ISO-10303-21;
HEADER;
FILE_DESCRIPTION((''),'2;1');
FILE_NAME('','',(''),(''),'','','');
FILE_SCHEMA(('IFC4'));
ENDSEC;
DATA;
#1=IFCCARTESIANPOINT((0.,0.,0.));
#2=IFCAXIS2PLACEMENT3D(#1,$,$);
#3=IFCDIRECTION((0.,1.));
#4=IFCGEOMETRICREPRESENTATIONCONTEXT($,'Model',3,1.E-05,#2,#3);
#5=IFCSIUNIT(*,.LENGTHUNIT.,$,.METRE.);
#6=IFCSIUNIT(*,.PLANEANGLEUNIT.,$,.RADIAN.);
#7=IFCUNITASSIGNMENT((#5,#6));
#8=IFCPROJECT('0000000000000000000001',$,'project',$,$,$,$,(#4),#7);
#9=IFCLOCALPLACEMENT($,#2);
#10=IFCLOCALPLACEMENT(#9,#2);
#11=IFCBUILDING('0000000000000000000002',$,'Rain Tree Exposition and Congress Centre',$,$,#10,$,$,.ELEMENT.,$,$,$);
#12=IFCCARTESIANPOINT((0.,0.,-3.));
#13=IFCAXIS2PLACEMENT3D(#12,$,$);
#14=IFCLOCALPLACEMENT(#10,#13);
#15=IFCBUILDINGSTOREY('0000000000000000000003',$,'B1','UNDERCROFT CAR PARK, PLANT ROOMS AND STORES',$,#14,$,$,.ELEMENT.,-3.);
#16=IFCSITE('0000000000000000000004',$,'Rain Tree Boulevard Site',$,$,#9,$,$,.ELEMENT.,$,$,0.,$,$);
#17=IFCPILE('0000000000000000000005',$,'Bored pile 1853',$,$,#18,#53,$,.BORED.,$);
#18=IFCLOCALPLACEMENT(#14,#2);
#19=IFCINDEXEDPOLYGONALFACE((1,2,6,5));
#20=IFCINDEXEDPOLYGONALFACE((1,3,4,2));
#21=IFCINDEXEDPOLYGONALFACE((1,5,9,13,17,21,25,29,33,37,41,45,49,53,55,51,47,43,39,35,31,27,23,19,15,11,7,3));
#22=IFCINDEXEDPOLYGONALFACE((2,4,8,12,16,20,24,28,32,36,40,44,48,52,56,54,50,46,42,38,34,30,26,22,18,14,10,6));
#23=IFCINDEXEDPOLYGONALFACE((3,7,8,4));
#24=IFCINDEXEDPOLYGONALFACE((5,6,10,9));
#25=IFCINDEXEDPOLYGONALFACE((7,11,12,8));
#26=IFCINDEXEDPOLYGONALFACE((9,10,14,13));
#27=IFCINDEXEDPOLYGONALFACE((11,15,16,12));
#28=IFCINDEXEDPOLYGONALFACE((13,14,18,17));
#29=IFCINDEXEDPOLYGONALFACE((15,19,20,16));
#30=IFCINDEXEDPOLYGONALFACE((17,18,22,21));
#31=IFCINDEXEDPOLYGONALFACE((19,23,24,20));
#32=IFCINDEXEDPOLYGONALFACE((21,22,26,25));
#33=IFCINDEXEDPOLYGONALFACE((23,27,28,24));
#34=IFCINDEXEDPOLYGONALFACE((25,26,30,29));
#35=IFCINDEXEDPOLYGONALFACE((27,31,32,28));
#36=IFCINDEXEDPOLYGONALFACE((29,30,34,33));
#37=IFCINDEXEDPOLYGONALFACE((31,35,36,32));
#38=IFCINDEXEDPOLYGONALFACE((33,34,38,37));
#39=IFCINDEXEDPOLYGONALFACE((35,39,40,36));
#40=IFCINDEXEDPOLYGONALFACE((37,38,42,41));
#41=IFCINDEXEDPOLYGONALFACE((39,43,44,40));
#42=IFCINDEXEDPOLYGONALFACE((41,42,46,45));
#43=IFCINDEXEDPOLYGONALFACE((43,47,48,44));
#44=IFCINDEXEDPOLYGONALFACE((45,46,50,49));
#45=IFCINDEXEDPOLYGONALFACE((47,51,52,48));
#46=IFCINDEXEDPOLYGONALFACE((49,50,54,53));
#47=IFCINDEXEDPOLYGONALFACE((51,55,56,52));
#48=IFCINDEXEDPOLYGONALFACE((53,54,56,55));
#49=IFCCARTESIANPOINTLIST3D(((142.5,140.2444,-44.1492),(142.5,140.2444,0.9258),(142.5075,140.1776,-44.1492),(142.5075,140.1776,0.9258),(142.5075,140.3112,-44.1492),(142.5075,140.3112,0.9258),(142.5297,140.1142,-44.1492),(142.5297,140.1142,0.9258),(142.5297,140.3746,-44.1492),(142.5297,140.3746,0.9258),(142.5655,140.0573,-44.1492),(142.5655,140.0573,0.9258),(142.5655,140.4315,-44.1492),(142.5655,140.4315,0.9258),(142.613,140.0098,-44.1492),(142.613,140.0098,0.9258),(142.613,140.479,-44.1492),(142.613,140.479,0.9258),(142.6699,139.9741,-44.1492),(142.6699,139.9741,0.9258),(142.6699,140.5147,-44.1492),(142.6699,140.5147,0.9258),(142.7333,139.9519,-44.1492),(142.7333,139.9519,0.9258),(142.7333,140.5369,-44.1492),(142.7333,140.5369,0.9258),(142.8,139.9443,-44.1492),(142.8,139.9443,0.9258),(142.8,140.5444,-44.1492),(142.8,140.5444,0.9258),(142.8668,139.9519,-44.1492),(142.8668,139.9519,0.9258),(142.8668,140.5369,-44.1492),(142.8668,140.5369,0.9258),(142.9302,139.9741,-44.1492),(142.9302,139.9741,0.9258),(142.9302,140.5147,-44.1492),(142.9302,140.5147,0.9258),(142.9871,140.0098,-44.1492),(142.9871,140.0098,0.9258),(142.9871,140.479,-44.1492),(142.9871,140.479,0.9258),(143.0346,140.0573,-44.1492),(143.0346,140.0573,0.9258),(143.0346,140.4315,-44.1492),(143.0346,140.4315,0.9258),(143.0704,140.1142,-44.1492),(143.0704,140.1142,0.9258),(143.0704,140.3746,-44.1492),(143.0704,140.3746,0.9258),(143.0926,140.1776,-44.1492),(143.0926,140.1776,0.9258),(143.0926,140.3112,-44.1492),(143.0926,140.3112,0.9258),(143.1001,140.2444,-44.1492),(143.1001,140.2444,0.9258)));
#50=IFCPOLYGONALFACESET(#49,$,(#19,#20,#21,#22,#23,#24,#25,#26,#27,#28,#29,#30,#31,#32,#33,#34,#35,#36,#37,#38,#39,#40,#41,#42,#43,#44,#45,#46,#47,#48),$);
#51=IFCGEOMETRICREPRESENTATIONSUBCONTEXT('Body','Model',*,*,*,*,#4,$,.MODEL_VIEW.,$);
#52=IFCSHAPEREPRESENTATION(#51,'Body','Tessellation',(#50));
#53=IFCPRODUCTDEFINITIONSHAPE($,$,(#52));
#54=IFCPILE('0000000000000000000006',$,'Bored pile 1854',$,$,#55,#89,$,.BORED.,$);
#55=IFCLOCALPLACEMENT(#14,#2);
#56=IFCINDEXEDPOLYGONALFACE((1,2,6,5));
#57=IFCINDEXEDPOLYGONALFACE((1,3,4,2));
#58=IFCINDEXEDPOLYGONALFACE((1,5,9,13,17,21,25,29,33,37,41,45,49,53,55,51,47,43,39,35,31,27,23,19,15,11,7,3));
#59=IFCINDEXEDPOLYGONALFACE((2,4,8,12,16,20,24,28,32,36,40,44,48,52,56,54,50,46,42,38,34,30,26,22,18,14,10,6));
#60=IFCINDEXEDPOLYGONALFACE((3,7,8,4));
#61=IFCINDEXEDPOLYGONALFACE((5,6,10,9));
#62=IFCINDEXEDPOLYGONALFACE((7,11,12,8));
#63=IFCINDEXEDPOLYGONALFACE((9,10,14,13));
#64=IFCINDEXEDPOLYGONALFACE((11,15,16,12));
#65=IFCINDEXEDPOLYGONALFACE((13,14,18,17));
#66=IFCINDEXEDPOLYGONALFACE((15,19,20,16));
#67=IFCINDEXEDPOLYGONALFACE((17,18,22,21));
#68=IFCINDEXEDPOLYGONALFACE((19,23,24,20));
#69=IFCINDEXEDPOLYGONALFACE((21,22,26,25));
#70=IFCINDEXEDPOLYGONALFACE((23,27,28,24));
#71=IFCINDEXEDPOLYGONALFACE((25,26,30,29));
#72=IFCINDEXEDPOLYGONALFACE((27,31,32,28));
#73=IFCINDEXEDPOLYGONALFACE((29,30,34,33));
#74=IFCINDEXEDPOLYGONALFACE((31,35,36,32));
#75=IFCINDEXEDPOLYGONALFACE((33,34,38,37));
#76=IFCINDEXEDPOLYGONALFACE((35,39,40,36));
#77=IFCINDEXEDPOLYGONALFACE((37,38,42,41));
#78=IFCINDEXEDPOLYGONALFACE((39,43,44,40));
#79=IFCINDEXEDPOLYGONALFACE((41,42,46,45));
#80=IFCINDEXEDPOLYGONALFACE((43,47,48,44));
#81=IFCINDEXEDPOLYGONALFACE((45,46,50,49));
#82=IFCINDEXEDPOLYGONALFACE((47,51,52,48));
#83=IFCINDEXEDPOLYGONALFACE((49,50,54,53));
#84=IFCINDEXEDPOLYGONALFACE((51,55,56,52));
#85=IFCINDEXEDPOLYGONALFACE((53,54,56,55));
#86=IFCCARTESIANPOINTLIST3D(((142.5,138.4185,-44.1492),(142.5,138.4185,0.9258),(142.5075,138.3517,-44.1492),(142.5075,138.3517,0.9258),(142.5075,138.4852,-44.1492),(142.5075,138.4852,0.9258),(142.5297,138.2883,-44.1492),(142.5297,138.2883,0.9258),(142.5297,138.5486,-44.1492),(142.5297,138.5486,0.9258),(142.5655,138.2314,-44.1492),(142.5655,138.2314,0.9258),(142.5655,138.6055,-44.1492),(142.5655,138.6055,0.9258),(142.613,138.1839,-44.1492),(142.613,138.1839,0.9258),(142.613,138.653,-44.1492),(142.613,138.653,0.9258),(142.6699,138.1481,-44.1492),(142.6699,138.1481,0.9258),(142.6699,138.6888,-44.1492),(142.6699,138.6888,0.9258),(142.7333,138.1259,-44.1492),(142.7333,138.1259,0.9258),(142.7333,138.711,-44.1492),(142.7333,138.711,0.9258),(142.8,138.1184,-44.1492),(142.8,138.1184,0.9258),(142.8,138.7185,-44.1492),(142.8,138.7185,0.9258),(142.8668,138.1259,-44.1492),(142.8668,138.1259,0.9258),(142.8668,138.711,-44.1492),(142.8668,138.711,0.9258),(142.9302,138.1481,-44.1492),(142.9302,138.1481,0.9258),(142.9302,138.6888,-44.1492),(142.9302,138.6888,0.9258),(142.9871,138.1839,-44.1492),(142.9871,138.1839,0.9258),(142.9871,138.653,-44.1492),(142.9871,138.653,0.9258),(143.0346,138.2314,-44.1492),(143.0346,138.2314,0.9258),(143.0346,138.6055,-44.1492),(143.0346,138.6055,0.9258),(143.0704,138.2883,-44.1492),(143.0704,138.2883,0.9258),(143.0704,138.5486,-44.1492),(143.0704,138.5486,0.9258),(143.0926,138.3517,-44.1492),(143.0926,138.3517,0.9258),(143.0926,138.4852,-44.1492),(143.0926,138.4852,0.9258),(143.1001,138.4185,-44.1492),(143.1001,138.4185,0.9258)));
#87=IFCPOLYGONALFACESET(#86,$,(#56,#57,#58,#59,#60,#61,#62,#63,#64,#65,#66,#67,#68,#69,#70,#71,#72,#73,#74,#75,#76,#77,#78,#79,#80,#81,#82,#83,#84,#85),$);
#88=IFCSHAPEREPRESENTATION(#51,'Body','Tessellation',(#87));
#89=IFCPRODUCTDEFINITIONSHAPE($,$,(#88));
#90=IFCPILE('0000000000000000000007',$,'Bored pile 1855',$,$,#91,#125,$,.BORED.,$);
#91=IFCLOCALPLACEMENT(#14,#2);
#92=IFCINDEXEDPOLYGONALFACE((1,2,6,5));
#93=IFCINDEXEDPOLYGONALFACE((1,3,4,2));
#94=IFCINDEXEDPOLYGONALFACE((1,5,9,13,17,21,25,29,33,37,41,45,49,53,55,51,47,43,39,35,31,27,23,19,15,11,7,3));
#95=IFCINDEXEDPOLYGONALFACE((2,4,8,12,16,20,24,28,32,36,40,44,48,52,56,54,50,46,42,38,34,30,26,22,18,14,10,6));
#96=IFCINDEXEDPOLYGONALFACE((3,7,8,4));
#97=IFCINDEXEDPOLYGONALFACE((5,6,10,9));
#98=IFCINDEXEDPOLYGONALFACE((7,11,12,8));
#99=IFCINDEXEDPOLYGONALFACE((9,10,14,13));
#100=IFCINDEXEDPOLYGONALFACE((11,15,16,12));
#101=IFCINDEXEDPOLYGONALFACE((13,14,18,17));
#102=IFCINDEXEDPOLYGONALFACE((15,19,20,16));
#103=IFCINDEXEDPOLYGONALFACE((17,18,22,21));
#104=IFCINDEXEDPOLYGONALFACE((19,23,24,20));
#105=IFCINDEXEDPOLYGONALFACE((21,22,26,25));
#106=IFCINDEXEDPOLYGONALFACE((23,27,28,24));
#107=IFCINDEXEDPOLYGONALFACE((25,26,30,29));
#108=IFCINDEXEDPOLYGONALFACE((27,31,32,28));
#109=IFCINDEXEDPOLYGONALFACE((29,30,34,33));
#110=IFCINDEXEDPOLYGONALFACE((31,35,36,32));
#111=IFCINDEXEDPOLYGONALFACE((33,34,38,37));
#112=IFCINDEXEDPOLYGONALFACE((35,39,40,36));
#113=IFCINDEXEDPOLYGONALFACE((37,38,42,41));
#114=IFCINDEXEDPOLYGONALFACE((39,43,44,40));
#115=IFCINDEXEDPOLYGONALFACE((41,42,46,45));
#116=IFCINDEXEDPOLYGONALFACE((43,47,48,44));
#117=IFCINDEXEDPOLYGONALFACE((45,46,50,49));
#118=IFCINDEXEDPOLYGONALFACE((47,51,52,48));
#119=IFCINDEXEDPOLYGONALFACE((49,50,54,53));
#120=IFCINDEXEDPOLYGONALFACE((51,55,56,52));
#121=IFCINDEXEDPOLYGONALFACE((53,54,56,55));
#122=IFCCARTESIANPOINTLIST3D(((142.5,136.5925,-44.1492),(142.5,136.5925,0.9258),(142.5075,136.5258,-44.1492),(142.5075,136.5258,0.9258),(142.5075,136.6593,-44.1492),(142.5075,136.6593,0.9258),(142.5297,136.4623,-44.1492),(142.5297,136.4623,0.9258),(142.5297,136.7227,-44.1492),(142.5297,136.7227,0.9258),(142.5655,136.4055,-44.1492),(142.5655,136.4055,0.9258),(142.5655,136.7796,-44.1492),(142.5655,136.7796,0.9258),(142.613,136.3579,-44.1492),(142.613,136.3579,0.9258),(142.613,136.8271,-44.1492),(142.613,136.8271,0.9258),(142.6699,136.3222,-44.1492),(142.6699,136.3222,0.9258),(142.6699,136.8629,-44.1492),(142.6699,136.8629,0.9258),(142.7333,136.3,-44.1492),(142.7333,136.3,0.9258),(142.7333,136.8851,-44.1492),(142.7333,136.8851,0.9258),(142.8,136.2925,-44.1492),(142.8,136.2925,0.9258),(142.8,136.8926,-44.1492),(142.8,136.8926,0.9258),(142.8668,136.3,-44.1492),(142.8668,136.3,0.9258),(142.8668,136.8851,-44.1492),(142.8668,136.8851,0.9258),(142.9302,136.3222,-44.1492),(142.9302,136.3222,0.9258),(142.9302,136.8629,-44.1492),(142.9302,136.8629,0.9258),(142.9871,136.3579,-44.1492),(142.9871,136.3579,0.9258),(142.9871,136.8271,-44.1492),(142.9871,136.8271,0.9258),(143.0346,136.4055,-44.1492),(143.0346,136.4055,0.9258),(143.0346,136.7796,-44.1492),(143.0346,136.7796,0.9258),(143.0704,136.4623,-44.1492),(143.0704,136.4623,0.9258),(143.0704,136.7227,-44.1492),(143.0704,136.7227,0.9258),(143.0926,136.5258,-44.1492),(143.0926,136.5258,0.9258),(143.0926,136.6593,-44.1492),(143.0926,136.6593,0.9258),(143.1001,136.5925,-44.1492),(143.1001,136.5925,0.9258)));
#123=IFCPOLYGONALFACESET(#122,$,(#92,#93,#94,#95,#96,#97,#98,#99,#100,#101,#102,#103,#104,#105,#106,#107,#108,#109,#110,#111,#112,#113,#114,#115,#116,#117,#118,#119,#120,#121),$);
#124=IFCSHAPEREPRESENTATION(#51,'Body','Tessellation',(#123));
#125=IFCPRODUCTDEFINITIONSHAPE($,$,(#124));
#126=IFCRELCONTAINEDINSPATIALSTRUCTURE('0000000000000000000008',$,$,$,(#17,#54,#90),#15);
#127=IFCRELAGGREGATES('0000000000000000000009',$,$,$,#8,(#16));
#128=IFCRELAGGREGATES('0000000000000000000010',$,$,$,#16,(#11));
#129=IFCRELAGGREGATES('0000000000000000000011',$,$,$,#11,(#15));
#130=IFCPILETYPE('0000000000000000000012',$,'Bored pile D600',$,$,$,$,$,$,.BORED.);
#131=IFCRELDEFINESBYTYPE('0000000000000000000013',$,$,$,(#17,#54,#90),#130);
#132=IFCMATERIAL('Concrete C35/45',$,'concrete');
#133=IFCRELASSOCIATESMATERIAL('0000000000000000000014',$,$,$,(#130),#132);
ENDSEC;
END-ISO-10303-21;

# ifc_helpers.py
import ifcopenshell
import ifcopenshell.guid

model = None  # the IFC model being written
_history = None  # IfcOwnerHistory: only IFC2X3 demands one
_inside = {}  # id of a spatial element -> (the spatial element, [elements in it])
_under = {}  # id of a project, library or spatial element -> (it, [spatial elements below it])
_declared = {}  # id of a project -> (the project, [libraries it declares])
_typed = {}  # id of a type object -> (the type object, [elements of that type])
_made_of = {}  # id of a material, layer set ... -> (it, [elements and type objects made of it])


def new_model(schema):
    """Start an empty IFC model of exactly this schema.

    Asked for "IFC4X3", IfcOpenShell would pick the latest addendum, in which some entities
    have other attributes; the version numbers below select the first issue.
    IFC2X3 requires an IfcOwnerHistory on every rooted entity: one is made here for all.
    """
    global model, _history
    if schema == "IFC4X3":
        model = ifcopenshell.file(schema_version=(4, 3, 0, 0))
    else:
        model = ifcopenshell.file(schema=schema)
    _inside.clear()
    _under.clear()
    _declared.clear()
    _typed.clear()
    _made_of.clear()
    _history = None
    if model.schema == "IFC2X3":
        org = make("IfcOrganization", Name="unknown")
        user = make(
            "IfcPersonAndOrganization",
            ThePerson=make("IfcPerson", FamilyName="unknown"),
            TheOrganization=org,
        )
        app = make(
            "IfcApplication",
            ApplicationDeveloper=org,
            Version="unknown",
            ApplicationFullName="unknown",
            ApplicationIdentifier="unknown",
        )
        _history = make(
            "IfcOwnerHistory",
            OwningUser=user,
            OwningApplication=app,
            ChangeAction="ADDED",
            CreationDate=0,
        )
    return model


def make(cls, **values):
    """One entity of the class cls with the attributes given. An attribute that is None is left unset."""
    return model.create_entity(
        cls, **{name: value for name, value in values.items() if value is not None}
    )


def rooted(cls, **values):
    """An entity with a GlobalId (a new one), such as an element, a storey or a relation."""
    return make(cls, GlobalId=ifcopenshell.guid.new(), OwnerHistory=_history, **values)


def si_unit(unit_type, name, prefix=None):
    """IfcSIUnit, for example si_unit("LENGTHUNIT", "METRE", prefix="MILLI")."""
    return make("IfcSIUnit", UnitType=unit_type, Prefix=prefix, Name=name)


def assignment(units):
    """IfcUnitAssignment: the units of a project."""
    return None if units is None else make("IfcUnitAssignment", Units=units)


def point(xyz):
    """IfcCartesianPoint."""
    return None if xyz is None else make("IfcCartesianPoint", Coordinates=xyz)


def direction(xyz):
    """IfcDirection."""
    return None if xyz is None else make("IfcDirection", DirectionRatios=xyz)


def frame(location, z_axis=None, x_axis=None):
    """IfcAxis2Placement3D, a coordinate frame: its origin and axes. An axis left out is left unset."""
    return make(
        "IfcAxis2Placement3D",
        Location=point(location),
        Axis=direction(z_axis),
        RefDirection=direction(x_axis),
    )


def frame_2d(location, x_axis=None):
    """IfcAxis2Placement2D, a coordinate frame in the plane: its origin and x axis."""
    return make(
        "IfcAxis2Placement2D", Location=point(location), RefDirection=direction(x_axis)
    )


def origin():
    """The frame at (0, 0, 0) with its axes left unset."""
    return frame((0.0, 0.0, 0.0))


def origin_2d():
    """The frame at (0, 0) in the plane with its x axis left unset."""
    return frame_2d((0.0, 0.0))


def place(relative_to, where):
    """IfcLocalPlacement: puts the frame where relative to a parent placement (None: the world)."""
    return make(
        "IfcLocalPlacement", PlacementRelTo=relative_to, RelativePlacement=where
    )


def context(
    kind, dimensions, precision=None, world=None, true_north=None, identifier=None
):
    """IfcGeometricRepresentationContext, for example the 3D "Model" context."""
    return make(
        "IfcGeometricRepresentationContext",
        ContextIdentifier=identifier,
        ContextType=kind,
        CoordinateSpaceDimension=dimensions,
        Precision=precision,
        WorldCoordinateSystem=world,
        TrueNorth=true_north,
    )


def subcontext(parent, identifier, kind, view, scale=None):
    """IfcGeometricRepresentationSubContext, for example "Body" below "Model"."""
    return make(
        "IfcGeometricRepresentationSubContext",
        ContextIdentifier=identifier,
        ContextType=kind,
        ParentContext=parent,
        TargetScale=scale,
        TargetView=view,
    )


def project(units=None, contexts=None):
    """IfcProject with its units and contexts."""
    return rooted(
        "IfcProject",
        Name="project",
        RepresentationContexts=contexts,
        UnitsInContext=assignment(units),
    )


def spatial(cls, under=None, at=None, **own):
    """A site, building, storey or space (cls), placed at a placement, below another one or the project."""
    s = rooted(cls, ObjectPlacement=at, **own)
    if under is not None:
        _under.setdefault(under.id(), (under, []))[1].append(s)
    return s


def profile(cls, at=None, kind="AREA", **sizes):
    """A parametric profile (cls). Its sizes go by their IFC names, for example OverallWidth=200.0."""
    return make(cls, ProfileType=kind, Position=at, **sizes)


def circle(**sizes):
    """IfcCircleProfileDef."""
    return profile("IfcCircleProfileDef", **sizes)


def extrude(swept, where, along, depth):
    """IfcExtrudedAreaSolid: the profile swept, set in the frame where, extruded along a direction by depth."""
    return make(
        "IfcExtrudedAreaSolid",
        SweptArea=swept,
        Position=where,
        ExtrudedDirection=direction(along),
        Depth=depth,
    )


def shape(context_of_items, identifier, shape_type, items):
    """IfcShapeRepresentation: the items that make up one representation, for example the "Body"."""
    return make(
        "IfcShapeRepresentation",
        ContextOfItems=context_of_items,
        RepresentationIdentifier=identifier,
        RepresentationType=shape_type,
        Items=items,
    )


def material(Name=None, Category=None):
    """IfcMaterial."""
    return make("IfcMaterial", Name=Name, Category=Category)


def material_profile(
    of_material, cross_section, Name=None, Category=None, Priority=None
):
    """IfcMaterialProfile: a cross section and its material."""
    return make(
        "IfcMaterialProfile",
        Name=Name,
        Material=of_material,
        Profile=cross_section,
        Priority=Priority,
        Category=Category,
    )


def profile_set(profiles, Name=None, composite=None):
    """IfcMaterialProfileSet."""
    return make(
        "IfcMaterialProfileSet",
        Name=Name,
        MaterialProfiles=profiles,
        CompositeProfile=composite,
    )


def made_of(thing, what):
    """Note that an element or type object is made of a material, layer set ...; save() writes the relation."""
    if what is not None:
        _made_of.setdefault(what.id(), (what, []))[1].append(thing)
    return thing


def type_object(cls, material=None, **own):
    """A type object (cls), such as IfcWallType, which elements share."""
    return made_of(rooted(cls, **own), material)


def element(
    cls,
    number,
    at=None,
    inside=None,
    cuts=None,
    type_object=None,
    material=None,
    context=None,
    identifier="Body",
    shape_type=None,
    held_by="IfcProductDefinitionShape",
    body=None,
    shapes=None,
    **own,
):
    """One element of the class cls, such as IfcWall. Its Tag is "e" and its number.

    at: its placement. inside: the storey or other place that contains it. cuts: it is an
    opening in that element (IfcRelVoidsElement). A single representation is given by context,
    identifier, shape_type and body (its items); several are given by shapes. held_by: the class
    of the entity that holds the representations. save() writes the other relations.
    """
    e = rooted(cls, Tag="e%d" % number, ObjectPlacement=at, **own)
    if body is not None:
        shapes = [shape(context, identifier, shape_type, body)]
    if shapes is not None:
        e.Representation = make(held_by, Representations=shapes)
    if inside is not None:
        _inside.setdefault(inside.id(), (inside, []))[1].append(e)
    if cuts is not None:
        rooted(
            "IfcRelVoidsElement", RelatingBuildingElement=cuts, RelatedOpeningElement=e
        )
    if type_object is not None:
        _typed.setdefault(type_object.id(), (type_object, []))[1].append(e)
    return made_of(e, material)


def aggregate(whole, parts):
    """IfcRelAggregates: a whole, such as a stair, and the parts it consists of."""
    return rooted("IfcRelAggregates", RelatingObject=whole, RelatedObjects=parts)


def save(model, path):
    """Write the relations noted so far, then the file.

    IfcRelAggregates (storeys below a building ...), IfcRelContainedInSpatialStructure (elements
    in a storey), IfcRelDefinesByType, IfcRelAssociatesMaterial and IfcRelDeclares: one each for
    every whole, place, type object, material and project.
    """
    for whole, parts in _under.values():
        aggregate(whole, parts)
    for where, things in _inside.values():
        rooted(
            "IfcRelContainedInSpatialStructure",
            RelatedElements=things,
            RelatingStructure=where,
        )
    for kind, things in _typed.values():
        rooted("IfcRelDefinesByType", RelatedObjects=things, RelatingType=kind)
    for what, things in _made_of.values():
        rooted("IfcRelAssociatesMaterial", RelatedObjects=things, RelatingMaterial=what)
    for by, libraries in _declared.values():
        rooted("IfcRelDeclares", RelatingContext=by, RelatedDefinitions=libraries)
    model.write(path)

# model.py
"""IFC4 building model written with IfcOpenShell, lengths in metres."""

from ifc_helpers import new_model, si_unit, direction, frame, origin, origin_2d, place, context, subcontext, project, spatial, circle, extrude, material, material_profile, profile_set, type_object, element, save


model = new_model("IFC4")

# Units and contexts
model_context = context("Model", 3, precision=1e-05, world=origin(), true_north=direction((0.0, 1.0)))
body_context = subcontext(model_context, "Body", "Model", "MODEL_VIEW")
ifc_project = project(units=[si_unit("LENGTHUNIT", "METRE"), si_unit("PLANEANGLEUNIT", "RADIAN")], contexts=[model_context])

# Site, building, storey
site_placement = place(None, origin())
site = spatial("IfcSite", under=ifc_project, at=site_placement, Name="Rain Tree Boulevard Site", CompositionType="ELEMENT", RefElevation=0.0)
building_placement = place(site_placement, origin())
building = spatial("IfcBuilding", under=site, at=building_placement, Name="Rain Tree Exposition and Congress Centre", CompositionType="ELEMENT")
storey_placement = place(building_placement, frame((0.0, 0.0, -3.0)))
storey = spatial("IfcBuildingStorey", under=building, at=storey_placement, Name="B1", Description="UNDERCROFT CAR PARK, PLANT ROOMS AND STORES", CompositionType="ELEMENT", Elevation=-3.0)

# Piles
ifc_material = material(Name="Concrete C35/45", Category="concrete")
ifc_material_profile = material_profile(ifc_material, circle(Radius=0.3, at=origin_2d()), Name="D600")
ifc_profile_set = profile_set([ifc_material_profile], Name="Concrete C35/45")
pile_type = type_object("IfcPileType", Name="Bored pile D600", PredefinedType="BORED", material=ifc_profile_set)
for number, where, z_axis, x_axis, name in (
    (1, (142.8, 140.2444, 0.9258), (0.0, 0.0, -1.0), (1.0, 0.0, 0.0), "Bored pile 1853"),
    (2, (142.8, 138.4185, 0.9258), (0.0, 0.0, -1.0), (1.0, 0.0, 0.0), "Bored pile 1854"),
    (3, (142.8, 136.5925, 0.9258), (0.0, 0.0, -1.0), (1.0, 0.0, 0.0), "Bored pile 1855"),
):
    element("IfcPile", number, at=place(storey_placement, frame(where, z_axis=z_axis, x_axis=x_axis)), inside=storey, type_object=pile_type, Name=name, PredefinedType="BORED", context=body_context, shape_type="SweptSolid", body=[
        extrude(circle(Radius=0.3, at=origin_2d()), origin(), (0.0, 0.0, 1.0), 45.075),
    ])

save(model, "model.ifc")
